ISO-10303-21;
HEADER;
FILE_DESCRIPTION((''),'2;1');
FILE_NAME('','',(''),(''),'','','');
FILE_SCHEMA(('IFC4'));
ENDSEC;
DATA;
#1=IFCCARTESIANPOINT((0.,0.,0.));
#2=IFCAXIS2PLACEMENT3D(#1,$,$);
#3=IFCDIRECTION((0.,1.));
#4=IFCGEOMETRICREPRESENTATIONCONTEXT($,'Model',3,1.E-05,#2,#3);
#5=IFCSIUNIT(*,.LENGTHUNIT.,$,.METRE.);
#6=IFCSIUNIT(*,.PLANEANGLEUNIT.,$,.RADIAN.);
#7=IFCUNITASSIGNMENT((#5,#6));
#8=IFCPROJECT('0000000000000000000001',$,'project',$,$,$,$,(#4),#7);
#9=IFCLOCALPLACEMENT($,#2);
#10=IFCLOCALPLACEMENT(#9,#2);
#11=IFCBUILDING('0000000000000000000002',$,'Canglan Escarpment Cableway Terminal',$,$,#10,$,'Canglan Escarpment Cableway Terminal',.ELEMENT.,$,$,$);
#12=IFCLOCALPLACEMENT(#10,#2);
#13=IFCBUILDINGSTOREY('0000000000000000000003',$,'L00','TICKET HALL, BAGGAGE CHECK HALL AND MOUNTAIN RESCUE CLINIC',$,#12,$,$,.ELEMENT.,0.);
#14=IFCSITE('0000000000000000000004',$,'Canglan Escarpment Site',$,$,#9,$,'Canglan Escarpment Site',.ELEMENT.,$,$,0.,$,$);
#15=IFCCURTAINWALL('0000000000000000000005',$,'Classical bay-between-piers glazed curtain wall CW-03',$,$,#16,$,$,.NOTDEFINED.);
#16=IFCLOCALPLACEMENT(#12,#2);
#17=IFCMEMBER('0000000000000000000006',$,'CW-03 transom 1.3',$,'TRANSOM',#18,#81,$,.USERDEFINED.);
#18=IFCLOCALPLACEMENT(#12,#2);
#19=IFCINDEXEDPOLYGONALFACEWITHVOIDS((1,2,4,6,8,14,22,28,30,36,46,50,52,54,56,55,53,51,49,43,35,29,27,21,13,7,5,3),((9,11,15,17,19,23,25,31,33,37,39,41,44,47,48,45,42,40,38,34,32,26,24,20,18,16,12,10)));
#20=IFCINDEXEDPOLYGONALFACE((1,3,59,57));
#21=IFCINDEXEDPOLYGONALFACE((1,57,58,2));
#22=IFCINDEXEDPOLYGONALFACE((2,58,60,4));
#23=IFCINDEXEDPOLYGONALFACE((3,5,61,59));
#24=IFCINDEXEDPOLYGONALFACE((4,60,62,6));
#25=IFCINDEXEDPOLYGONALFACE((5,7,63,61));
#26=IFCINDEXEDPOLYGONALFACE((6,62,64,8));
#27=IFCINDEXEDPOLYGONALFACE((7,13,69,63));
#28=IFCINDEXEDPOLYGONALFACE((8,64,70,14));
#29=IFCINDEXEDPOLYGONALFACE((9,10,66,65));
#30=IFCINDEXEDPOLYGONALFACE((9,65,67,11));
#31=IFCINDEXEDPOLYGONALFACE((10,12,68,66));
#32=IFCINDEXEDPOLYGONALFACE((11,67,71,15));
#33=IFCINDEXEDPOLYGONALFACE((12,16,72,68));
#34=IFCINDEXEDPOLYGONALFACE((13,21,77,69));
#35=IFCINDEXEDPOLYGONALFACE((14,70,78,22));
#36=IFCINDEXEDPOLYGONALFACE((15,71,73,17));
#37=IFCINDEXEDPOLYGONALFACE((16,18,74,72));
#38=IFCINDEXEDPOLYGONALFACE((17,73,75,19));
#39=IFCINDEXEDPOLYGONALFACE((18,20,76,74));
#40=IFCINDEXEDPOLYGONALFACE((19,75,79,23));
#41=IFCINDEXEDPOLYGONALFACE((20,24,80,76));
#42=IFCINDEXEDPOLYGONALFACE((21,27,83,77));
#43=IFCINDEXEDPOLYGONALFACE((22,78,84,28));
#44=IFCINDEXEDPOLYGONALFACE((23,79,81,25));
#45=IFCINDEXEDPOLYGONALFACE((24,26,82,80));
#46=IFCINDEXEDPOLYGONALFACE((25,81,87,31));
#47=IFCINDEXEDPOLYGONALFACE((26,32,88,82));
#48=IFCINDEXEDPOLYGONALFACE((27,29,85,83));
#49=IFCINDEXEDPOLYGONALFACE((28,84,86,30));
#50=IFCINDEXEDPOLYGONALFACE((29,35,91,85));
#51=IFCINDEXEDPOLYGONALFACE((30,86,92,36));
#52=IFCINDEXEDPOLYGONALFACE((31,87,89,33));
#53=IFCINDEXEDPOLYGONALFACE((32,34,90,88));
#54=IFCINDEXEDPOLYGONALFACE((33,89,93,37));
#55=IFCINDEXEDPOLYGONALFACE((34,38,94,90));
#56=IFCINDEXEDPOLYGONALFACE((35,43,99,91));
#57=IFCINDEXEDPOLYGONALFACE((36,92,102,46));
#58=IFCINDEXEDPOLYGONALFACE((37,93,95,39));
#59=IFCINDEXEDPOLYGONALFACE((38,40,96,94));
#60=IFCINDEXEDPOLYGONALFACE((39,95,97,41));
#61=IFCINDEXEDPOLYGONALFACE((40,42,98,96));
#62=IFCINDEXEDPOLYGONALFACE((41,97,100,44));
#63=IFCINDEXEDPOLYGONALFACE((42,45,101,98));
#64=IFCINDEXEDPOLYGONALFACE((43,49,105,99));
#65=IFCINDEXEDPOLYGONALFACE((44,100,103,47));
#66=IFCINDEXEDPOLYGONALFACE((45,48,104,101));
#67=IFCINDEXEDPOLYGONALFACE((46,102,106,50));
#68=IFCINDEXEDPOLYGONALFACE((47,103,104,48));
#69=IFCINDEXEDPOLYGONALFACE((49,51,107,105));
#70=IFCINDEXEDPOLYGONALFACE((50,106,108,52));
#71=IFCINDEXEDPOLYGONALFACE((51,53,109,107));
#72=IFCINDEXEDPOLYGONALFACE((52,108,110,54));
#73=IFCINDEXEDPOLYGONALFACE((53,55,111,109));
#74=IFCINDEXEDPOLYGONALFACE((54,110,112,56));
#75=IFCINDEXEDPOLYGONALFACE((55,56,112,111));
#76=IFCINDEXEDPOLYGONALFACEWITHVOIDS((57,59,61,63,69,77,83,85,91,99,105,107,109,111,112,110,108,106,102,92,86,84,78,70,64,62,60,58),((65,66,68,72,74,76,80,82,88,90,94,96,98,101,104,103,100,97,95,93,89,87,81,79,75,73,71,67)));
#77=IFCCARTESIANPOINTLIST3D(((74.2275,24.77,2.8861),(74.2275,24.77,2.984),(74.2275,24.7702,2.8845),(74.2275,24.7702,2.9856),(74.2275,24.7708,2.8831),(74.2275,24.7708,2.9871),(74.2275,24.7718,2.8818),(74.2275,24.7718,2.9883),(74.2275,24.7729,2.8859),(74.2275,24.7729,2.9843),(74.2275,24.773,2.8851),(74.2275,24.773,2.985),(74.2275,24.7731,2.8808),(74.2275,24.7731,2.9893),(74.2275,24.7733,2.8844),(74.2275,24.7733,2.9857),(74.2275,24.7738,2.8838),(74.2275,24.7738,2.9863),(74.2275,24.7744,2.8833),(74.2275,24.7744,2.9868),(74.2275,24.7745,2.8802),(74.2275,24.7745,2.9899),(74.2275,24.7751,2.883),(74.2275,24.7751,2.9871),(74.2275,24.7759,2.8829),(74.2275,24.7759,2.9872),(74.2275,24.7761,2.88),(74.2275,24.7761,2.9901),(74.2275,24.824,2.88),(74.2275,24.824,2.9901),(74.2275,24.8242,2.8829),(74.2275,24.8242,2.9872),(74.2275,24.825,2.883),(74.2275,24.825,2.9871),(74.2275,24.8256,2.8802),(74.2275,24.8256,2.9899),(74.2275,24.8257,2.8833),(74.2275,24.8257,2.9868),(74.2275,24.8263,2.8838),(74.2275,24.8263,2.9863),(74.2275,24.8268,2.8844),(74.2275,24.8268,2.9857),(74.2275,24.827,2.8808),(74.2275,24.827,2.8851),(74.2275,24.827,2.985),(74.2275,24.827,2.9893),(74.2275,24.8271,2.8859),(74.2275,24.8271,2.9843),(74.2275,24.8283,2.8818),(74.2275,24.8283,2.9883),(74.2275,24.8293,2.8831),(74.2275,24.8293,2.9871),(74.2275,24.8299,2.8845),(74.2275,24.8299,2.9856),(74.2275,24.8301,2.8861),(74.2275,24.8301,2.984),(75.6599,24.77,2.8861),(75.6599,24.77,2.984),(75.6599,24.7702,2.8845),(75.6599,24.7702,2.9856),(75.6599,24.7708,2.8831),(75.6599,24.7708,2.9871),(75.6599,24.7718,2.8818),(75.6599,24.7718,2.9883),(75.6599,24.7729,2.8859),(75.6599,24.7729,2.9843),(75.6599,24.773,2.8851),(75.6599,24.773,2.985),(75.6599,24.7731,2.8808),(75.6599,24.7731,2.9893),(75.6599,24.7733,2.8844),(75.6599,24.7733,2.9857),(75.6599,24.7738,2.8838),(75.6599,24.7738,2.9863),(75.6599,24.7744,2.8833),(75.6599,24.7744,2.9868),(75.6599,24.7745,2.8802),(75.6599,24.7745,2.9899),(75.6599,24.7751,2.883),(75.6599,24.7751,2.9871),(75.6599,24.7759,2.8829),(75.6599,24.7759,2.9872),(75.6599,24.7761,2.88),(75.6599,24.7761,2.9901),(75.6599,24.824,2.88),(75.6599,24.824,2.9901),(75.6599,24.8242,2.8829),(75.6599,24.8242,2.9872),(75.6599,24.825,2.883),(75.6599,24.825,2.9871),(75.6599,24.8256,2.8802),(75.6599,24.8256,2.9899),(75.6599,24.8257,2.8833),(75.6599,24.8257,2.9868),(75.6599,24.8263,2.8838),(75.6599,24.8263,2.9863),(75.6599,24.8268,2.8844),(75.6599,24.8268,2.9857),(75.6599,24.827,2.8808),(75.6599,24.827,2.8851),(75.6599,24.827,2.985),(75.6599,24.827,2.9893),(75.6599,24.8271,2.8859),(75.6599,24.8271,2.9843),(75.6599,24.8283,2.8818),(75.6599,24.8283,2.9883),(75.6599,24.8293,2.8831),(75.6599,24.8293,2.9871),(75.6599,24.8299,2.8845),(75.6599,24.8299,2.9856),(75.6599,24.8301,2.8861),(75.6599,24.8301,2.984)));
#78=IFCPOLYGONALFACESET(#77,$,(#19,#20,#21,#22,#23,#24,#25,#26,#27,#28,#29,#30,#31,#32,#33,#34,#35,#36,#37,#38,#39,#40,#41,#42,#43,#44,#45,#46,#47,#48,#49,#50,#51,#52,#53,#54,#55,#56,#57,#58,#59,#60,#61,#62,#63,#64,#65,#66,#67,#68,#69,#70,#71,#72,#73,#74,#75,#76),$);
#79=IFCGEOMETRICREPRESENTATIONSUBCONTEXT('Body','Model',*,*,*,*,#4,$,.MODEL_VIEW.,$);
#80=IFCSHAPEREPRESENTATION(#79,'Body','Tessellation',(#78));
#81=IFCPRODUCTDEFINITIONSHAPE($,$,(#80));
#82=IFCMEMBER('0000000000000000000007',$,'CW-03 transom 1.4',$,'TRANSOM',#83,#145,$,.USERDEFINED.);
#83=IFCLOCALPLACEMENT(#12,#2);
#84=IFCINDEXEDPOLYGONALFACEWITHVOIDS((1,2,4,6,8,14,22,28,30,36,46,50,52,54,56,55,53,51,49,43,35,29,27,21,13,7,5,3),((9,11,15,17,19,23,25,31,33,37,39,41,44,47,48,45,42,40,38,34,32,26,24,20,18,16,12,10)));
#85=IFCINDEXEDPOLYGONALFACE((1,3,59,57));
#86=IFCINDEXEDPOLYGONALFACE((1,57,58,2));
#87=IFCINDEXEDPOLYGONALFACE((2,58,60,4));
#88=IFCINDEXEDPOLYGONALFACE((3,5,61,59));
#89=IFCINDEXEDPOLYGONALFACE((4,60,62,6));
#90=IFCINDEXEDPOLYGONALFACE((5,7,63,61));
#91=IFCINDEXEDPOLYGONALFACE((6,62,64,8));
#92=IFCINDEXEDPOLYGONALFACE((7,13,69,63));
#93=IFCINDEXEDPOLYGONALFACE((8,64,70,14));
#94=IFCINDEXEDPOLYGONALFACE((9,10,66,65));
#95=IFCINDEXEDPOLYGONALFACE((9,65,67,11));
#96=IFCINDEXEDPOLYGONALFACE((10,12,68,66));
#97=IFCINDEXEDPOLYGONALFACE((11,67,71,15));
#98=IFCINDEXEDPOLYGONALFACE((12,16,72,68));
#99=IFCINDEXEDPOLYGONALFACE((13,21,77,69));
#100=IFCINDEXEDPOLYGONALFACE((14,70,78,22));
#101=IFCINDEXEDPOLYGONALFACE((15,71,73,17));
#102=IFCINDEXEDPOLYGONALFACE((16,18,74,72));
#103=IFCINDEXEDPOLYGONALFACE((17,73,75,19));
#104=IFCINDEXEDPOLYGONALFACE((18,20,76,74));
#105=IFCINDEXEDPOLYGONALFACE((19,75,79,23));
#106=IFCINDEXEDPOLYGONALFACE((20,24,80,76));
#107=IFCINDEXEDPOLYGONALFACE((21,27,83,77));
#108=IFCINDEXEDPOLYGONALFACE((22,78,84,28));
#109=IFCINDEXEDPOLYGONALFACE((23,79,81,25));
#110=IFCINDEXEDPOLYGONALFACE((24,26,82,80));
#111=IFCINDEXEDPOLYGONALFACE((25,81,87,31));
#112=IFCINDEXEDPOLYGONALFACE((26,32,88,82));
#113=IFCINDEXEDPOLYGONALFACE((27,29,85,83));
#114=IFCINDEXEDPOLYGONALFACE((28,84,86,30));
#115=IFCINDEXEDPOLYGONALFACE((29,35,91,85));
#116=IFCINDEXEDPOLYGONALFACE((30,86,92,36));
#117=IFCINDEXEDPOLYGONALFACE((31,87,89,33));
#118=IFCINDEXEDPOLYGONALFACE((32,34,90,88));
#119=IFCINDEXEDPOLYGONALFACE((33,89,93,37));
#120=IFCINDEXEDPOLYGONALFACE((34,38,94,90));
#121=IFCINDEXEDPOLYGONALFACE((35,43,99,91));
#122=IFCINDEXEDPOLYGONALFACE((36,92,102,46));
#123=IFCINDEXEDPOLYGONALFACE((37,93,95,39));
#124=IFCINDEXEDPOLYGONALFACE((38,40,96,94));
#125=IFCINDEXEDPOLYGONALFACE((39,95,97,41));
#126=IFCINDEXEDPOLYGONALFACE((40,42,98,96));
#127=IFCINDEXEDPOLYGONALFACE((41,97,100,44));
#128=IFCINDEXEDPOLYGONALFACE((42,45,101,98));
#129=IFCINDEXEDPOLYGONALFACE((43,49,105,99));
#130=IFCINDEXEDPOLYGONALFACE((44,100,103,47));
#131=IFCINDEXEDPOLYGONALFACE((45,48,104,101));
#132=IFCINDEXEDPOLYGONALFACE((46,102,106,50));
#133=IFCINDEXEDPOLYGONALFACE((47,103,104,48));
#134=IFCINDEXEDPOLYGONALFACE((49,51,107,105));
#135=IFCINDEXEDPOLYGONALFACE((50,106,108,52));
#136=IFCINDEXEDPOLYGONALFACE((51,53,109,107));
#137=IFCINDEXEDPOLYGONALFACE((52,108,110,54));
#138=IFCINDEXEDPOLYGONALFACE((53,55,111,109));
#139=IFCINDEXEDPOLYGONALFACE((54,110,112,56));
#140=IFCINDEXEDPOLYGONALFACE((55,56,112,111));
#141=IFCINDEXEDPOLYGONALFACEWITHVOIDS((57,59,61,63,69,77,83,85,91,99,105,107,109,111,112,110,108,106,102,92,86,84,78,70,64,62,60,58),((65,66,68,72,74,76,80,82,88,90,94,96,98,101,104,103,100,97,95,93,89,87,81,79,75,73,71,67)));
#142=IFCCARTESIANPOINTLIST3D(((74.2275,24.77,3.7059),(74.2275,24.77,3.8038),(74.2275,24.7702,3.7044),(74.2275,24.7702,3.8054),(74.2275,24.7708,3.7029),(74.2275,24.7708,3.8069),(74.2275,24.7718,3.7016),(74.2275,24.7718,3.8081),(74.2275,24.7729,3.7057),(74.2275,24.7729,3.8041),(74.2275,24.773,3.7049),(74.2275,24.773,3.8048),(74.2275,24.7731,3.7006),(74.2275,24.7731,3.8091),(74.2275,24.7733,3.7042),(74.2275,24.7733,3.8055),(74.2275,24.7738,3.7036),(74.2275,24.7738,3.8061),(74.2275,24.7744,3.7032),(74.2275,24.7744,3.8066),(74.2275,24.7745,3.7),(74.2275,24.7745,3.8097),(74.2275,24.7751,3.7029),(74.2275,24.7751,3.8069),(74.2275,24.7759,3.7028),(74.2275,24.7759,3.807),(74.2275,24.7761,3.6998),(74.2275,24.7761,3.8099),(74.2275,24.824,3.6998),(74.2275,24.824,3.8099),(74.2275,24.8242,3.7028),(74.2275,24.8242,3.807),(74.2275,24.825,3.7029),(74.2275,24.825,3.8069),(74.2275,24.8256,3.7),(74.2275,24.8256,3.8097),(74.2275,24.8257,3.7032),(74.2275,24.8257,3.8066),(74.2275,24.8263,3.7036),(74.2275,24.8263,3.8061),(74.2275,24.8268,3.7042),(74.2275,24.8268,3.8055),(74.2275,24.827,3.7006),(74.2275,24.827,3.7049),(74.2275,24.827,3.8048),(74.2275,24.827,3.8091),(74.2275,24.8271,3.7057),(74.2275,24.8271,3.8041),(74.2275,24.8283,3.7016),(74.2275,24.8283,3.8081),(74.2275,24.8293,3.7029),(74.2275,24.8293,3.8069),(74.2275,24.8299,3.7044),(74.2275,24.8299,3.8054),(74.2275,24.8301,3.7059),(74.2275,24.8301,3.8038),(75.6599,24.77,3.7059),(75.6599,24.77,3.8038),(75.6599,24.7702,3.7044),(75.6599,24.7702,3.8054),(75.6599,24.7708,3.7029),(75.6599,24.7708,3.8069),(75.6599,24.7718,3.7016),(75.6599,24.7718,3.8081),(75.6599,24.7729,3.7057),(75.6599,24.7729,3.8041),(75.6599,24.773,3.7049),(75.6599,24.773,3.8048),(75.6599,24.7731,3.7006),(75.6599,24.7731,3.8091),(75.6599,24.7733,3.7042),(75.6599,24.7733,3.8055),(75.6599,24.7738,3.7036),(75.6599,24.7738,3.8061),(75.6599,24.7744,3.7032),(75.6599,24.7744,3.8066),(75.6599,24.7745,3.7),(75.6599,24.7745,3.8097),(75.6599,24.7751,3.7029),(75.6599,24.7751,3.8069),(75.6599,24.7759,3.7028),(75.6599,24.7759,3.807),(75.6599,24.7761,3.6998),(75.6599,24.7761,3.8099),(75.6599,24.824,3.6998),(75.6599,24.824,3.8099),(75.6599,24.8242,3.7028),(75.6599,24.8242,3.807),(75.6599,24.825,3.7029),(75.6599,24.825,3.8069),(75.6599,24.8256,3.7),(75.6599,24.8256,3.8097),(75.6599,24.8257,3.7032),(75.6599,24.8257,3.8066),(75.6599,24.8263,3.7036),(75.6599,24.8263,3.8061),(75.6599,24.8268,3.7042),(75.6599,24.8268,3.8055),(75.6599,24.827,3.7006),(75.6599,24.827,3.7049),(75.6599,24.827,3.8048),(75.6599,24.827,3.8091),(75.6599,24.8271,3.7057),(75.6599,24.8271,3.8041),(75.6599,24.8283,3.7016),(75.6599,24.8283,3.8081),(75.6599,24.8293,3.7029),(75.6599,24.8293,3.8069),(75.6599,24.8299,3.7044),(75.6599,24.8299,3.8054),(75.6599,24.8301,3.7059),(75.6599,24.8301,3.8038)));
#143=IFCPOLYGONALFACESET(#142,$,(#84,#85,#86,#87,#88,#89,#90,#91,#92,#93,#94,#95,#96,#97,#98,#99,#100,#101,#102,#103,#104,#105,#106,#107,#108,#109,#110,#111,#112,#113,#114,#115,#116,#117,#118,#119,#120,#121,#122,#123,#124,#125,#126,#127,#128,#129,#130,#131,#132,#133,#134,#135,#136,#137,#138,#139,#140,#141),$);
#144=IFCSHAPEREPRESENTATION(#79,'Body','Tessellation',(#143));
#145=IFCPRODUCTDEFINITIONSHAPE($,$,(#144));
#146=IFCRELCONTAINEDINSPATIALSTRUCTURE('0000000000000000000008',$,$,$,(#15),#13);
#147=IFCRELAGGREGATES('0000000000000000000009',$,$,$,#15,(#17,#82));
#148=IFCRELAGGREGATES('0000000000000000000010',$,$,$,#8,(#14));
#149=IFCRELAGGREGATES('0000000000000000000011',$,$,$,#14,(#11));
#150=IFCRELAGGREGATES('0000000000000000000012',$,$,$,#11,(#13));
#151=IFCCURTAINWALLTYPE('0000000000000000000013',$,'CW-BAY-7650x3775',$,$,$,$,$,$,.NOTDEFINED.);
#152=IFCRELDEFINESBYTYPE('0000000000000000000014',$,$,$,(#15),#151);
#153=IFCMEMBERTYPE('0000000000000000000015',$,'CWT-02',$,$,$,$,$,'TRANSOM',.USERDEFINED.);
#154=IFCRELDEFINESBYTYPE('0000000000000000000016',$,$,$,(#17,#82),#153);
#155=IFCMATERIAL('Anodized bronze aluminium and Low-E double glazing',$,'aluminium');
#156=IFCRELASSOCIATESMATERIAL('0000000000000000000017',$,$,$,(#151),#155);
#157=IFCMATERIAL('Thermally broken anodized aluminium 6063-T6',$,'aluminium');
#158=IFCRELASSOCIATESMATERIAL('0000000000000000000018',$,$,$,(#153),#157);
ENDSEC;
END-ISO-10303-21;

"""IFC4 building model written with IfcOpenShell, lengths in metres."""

from ifc_helpers import new_model, si_unit, direction, frame, origin, origin_2d, place, context, subcontext, project, spatial, hollow_rectangle, extrude, material, material_profile, profile_set, type_object, element, aggregate, save


model = new_model("IFC4")

# Units and contexts
model_context = context("Model", 3, precision=1e-05, world=origin(), true_north=direction((0.0, 1.0)))
body_context = subcontext(model_context, "Body", "Model", "MODEL_VIEW")
ifc_project = project(units=[si_unit("LENGTHUNIT", "METRE"), si_unit("PLANEANGLEUNIT", "RADIAN")], contexts=[model_context])

# Site, building, storey
site_placement = place(None, origin())
site = spatial("IfcSite", under=ifc_project, at=site_placement, Name="Canglan Escarpment Site", LongName="Canglan Escarpment Site", CompositionType="ELEMENT", RefElevation=0.0)
building_placement = place(site_placement, origin())
building = spatial("IfcBuilding", under=site, at=building_placement, Name="Canglan Escarpment Cableway Terminal", LongName="Canglan Escarpment Cableway Terminal", CompositionType="ELEMENT")
storey_placement = place(building_placement, origin())
storey = spatial("IfcBuildingStorey", under=building, at=storey_placement, Name="L00", Description="TICKET HALL, BAGGAGE CHECK HALL AND MOUNTAIN RESCUE CLINIC", CompositionType="ELEMENT", Elevation=0.0)

# Curtain wall, members
ifc_material_1 = material(Name="Anodized bronze aluminium and Low-E double glazing", Category="aluminium")
curtain_wall_type = type_object("IfcCurtainWallType", Name="CW-BAY-7650x3775", PredefinedType="NOTDEFINED", material=ifc_material_1)
curtain_wall_placement = place(storey_placement, origin())
curtain_wall = element("IfcCurtainWall", 1, at=curtain_wall_placement, inside=storey, type_object=curtain_wall_type, Name="Classical bay-between-piers glazed curtain wall CW-03", PredefinedType="NOTDEFINED")
ifc_material_2 = material(Name="Thermally broken anodized aluminium 6063-T6", Category="aluminium")
ifc_material_profile_1 = material_profile(ifc_material_2, hollow_rectangle(XDim=0.0601, YDim=0.1101, WallThickness=0.0029, InnerFilletRadius=0.0029, OuterFilletRadius=0.0061, at=origin_2d()), Name="ALU-TRAN 60x110x3")
ifc_profile_set_1 = profile_set([ifc_material_profile_1], Name="Thermally broken anodized aluminium 6063-T6")
member_type_1 = type_object("IfcMemberType", Name="CWT-02", ElementType="TRANSOM", PredefinedType="USERDEFINED", material=ifc_profile_set_1)
member_1_placement = place(storey_placement, frame((75.6599, 24.8, 2.9351), z_axis=(-1.0, 0.0, 0.0), x_axis=(0.0, -1.0, 0.0)))
member_1 = element("IfcMember", 2, at=member_1_placement, type_object=member_type_1, Name="CW-03 transom 1.3", ObjectType="TRANSOM", PredefinedType="USERDEFINED", context=body_context, shape_type="SweptSolid", body=[
    extrude(hollow_rectangle(XDim=0.0601, YDim=0.1101, WallThickness=0.0029, InnerFilletRadius=0.0029, OuterFilletRadius=0.0061, at=origin_2d()), origin(), (0.0, 0.0, 1.0), 1.4324),
])
member_2_placement = place(storey_placement, frame((75.6599, 24.8, 3.7549), z_axis=(-1.0, 0.0, 0.0), x_axis=(0.0, -1.0, 0.0)))
member_2 = element("IfcMember", 3, at=member_2_placement, type_object=member_type_1, Name="CW-03 transom 1.4", ObjectType="TRANSOM", PredefinedType="USERDEFINED", context=body_context, shape_type="SweptSolid", body=[
    extrude(hollow_rectangle(XDim=0.0601, YDim=0.1101, WallThickness=0.0029, InnerFilletRadius=0.0029, OuterFilletRadius=0.0061, at=origin_2d()), origin(), (0.0, 0.0, 1.0), 1.4324),
])
aggregate(curtain_wall, [member_1, member_2])

save(model, "model.ifc")
